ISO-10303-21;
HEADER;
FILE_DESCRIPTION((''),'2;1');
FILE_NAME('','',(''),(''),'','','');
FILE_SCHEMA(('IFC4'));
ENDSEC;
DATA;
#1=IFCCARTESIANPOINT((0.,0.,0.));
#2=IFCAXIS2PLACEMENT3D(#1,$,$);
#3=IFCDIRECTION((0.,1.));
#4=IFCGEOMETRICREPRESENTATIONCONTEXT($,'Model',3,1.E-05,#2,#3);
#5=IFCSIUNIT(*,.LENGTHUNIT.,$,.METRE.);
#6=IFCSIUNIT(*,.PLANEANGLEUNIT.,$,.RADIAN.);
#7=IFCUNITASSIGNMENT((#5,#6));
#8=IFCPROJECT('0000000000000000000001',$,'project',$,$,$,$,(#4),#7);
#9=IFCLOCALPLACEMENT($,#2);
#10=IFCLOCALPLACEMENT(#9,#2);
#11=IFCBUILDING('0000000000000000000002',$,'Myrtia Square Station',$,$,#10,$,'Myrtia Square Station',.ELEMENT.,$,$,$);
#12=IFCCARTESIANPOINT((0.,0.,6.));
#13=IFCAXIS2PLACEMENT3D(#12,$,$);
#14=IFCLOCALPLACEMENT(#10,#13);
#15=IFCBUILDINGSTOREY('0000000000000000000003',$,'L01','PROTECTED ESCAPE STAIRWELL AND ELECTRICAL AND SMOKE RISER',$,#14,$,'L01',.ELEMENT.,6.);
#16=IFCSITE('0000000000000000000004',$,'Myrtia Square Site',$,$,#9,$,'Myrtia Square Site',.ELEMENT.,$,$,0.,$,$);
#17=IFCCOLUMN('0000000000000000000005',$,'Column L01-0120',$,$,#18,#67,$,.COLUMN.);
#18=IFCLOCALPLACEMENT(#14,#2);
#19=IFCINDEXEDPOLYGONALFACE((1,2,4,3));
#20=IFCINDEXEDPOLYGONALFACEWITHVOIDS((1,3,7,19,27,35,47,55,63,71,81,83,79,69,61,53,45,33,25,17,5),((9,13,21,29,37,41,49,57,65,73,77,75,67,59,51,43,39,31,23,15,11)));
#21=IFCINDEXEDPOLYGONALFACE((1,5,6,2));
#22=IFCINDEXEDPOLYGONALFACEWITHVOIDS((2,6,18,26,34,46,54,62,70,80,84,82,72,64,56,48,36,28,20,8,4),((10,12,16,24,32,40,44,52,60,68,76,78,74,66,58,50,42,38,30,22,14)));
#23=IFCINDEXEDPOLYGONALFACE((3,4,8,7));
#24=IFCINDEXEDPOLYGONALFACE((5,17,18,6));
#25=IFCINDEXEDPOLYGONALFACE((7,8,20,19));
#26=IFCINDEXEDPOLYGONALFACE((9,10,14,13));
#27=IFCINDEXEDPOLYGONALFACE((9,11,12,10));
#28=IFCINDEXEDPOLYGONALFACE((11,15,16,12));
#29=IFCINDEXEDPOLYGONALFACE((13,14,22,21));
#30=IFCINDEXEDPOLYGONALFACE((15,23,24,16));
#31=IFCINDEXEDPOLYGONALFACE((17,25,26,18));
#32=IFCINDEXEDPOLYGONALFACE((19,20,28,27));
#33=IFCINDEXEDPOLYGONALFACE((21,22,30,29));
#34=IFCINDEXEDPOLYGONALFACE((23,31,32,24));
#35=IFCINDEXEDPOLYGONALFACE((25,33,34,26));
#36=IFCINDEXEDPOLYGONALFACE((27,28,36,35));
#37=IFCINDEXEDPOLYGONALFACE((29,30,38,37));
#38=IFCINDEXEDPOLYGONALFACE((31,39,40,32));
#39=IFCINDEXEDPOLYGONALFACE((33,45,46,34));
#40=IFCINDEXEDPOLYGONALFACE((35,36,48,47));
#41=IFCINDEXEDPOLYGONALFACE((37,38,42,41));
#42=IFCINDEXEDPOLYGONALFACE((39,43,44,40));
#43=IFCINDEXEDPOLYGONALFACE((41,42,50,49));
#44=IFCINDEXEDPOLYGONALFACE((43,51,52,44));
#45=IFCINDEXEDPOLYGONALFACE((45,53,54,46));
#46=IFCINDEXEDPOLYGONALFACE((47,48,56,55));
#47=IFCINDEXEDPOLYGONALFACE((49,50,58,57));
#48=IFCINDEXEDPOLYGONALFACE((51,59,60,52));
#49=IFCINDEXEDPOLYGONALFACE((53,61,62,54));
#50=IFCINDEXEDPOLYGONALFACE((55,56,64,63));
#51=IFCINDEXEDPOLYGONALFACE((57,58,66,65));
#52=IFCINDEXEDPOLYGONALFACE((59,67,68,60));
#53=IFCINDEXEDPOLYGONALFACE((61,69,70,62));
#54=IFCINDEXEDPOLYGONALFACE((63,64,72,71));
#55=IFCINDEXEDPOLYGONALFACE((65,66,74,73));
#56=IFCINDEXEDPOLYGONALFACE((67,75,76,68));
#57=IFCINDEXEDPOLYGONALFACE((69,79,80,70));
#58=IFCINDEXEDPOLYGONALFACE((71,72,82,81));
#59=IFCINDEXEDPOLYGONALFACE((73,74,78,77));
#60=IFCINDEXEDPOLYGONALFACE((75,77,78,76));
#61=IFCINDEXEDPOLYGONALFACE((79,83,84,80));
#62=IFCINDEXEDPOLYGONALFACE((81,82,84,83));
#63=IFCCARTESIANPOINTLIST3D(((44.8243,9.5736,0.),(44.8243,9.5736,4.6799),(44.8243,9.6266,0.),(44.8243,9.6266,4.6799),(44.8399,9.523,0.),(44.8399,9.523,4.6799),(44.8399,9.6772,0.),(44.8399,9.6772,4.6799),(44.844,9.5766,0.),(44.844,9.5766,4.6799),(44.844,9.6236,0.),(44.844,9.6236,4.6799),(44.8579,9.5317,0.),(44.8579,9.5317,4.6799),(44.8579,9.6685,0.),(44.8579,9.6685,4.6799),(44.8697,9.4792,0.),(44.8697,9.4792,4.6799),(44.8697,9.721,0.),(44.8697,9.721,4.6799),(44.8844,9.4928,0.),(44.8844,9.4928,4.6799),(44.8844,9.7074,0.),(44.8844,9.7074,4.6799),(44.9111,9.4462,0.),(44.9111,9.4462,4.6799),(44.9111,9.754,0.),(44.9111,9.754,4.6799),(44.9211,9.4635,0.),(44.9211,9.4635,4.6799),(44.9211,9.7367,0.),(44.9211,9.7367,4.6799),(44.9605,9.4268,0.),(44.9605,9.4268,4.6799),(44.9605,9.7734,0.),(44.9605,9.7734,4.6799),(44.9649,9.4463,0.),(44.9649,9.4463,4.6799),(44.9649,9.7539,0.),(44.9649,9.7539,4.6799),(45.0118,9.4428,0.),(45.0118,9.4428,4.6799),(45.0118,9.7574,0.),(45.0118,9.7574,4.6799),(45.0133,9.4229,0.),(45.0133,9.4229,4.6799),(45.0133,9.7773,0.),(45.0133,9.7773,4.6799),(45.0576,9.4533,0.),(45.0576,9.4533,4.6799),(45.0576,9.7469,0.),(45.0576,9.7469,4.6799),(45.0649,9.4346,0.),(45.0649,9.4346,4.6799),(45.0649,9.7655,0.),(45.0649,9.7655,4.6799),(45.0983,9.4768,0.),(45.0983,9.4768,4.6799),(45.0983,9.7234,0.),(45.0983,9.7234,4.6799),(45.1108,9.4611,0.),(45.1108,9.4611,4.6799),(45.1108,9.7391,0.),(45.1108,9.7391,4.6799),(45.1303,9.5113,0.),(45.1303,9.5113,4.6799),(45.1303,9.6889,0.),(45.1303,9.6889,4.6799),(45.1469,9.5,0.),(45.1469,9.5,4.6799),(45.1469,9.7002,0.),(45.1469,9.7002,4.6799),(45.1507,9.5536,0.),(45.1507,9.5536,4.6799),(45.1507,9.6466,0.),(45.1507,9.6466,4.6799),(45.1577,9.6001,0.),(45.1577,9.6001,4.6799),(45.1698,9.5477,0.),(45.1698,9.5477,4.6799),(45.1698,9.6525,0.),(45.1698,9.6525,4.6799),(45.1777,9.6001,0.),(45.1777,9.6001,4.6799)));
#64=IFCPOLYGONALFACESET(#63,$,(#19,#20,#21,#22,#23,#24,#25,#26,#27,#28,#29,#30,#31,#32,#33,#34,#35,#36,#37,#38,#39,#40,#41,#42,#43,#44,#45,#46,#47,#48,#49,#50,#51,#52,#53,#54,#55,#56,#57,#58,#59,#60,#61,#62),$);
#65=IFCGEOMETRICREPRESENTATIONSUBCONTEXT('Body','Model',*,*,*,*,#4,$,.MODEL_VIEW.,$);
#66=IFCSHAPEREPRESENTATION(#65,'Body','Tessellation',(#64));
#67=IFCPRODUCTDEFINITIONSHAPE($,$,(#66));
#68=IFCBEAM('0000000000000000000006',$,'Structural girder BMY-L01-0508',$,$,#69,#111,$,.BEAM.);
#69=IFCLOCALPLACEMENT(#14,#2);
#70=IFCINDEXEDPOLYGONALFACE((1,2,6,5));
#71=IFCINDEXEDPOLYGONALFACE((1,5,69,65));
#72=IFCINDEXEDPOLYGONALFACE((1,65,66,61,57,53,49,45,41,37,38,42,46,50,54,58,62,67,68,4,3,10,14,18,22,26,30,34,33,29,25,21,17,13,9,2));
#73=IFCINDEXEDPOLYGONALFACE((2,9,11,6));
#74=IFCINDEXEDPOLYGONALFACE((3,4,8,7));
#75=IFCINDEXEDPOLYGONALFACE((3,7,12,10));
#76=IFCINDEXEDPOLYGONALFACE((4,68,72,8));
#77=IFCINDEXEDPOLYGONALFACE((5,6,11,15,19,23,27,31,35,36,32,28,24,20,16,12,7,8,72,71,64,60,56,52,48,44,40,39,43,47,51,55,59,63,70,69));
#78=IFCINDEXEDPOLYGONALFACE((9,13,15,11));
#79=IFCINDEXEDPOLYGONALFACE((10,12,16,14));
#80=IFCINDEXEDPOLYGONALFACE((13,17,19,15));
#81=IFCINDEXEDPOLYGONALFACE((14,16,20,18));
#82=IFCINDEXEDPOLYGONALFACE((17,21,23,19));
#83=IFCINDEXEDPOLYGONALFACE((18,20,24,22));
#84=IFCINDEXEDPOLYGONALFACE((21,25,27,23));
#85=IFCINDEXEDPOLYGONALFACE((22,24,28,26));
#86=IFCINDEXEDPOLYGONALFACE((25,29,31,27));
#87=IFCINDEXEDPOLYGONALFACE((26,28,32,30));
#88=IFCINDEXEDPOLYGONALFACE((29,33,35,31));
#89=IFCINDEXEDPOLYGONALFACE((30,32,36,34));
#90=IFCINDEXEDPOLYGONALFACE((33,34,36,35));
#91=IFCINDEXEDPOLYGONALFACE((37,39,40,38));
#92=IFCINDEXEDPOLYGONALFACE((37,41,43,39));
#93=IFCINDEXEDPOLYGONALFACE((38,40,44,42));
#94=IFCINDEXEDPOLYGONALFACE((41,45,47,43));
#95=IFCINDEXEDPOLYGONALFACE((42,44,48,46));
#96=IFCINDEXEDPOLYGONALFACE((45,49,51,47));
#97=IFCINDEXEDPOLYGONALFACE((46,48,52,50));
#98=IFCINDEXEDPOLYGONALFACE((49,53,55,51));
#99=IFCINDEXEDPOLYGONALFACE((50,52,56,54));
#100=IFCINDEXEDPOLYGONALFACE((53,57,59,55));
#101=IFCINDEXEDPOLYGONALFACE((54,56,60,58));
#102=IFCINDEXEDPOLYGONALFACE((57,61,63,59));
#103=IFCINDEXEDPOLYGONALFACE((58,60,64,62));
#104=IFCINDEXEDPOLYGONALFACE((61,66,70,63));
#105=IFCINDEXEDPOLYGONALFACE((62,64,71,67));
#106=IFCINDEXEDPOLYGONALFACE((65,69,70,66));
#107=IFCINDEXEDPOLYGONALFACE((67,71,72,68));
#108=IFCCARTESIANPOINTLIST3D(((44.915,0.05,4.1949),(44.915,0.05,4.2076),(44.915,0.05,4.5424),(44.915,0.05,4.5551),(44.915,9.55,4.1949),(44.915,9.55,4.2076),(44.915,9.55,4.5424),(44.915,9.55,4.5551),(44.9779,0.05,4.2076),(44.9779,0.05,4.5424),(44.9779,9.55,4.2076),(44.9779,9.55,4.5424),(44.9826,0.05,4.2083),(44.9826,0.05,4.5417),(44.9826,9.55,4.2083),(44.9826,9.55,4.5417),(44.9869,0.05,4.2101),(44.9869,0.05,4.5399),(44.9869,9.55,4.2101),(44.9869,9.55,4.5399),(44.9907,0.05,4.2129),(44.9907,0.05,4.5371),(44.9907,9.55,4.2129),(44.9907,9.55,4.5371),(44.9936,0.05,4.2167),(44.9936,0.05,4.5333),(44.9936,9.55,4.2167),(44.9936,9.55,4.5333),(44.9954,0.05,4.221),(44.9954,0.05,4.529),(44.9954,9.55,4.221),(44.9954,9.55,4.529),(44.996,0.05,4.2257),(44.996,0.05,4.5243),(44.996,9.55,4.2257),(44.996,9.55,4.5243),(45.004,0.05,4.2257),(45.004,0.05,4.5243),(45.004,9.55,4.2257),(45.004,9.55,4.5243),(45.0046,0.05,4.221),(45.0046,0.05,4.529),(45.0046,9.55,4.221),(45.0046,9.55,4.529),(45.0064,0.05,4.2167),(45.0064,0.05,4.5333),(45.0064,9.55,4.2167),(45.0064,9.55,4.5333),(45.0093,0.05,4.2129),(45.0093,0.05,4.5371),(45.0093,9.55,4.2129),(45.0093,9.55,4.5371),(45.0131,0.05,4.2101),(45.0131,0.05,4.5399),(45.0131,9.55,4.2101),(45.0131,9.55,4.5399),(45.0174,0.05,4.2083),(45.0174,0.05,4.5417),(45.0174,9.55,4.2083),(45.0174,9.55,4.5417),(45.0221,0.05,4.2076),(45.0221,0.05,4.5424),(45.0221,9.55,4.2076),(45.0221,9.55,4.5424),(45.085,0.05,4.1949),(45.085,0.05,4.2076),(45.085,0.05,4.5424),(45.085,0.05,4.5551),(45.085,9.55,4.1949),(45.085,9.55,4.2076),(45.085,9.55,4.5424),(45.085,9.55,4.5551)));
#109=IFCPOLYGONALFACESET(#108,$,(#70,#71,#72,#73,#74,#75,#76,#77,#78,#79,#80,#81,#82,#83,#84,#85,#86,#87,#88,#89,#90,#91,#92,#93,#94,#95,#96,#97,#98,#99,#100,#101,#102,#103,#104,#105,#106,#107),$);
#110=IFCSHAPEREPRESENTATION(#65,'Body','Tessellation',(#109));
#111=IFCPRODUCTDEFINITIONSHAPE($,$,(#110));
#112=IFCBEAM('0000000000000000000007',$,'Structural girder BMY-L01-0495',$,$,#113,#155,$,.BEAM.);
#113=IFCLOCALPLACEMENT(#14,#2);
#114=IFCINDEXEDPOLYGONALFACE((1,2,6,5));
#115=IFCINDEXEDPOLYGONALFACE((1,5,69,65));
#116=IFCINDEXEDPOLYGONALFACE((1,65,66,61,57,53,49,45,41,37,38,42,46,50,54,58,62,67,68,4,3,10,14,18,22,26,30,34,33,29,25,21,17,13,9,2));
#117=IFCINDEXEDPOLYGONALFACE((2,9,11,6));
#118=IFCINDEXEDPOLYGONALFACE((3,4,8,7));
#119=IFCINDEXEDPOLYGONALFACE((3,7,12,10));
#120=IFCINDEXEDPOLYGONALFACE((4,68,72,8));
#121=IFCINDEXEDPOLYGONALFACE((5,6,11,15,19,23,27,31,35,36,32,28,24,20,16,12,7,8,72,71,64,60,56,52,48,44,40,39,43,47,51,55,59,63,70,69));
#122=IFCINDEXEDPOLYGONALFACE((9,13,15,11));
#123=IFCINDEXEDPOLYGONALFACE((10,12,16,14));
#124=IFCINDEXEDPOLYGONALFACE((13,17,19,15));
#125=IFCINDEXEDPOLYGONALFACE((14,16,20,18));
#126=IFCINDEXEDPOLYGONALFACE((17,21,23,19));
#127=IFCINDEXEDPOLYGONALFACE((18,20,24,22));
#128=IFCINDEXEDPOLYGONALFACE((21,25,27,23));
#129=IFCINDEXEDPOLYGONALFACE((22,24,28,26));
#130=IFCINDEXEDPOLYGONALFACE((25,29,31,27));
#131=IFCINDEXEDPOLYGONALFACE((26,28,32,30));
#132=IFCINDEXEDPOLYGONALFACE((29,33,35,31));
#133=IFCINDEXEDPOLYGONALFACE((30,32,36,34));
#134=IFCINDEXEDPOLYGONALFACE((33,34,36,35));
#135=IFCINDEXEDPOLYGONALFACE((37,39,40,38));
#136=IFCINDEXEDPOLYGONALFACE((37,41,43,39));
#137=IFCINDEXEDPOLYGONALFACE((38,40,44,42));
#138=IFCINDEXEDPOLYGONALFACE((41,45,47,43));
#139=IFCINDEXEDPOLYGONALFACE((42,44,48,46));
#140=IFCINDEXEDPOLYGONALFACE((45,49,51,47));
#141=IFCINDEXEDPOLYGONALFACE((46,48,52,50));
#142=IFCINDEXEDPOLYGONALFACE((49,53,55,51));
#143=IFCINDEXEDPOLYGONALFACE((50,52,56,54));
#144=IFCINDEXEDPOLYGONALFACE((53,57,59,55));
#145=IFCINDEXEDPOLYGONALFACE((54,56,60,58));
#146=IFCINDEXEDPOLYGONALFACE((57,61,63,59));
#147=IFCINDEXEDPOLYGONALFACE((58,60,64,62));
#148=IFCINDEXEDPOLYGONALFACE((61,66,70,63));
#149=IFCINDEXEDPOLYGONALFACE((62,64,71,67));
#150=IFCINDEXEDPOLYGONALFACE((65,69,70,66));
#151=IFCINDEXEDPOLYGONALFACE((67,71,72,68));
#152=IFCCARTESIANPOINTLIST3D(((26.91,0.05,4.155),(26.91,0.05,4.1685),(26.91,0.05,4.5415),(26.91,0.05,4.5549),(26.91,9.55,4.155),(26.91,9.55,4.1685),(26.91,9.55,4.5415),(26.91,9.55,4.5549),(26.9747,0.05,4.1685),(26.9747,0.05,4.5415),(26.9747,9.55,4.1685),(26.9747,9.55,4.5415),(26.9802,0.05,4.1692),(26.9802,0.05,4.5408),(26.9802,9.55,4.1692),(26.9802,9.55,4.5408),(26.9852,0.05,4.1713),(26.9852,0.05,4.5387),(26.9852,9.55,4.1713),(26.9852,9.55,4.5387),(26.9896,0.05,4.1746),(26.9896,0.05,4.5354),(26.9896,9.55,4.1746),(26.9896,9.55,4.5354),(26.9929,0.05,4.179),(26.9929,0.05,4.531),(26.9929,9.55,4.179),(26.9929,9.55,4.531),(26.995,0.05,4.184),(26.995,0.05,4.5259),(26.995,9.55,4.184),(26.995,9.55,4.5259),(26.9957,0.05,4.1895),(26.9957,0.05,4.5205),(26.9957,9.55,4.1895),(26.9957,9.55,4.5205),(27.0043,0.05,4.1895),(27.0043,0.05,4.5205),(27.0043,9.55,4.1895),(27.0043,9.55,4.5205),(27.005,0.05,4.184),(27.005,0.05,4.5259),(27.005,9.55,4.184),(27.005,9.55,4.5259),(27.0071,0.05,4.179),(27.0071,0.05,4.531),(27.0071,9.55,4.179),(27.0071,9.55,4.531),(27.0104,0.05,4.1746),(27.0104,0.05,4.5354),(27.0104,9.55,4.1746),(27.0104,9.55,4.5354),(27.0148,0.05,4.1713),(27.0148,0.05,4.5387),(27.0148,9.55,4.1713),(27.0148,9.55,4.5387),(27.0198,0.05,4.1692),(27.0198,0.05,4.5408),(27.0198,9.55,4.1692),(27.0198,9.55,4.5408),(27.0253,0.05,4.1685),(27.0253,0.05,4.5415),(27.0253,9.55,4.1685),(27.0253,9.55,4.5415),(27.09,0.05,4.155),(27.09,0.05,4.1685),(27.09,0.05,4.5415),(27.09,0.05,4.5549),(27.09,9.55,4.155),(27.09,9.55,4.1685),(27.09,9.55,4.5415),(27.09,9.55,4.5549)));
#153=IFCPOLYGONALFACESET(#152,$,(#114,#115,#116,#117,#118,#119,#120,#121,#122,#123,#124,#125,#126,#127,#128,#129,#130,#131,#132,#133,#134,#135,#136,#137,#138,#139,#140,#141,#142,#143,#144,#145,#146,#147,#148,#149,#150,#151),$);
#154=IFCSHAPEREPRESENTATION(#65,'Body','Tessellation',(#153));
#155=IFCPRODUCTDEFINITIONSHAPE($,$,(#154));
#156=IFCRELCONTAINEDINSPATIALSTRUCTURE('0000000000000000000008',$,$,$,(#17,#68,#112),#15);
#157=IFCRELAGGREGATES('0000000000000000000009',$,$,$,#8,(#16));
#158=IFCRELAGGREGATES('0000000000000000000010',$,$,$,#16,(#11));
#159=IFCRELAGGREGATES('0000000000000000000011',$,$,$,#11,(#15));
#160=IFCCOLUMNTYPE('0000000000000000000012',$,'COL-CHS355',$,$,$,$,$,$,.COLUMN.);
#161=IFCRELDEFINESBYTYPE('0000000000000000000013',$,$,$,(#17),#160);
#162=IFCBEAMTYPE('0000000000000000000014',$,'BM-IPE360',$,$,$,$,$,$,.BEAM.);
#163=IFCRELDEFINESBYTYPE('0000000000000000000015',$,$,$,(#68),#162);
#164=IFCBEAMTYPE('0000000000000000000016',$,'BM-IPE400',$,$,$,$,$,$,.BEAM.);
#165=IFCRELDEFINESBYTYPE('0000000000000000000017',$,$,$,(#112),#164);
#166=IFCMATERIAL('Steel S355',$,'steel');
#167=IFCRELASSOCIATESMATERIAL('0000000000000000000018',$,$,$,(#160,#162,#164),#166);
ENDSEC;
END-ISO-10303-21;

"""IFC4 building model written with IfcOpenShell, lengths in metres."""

from ifc_helpers import new_model, si_unit, direction, frame, origin, origin_2d, place, context, subcontext, project, spatial, hollow_circle, i_section, extrude, material, material_profile, profile_set, type_object, element, save


model = new_model("IFC4")

# Units and contexts
model_context = context("Model", 3, precision=1e-05, world=origin(), true_north=direction((0.0, 1.0)))
body_context = subcontext(model_context, "Body", "Model", "MODEL_VIEW")
ifc_project = project(units=[si_unit("LENGTHUNIT", "METRE"), si_unit("PLANEANGLEUNIT", "RADIAN")], contexts=[model_context])

# Site, building, storey
site_placement = place(None, origin())
site = spatial("IfcSite", under=ifc_project, at=site_placement, Name="Myrtia Square Site", LongName="Myrtia Square Site", CompositionType="ELEMENT", RefElevation=0.0)
building_placement = place(site_placement, origin())
building = spatial("IfcBuilding", under=site, at=building_placement, Name="Myrtia Square Station", LongName="Myrtia Square Station", CompositionType="ELEMENT")
storey_placement = place(building_placement, frame((0.0, 0.0, 6.0)))
storey = spatial("IfcBuildingStorey", under=building, at=storey_placement, Name="L01", Description="PROTECTED ESCAPE STAIRWELL AND ELECTRICAL AND SMOKE RISER", LongName="L01", CompositionType="ELEMENT", Elevation=6.0)

# Column
ifc_material_1 = material(Name="Steel S355", Category="steel")
ifc_material_profile_1 = material_profile(ifc_material_1, hollow_circle(Radius=0.1777, WallThickness=0.02, at=origin_2d()), Name="CHS 355.6x20")
ifc_profile_set_1 = profile_set([ifc_material_profile_1], Name="Steel S355")
column_type = type_object("IfcColumnType", Name="COL-CHS355", PredefinedType="COLUMN", material=ifc_profile_set_1)
for number, where, z_axis, x_axis, name in (
    (1, (45.0, 9.6001, 0.0), (0.0, 0.0, 1.0), (1.0, 0.0, 0.0), "Column L01-0120"),
):
    element("IfcColumn", number, at=place(storey_placement, frame(where, z_axis=z_axis, x_axis=x_axis)), inside=storey, type_object=column_type, Name=name, PredefinedType="COLUMN", context=body_context, shape_type="SweptSolid", body=[
        extrude(hollow_circle(Radius=0.1777, WallThickness=0.02, at=origin_2d()), origin(), (0.0, 0.0, 1.0), 4.6799),
    ])

# Beams
ifc_material_profile_2 = material_profile(ifc_material_1, i_section(OverallWidth=0.1699, OverallDepth=0.3601, WebThickness=0.0081, FlangeThickness=0.0127, FilletRadius=0.0181, at=origin_2d()), Name="IPE 360")
ifc_profile_set_2 = profile_set([ifc_material_profile_2], Name="Steel S355")
beam_type_1 = type_object("IfcBeamType", Name="BM-IPE360", PredefinedType="BEAM", material=ifc_profile_set_2)
beam_1_placement = place(storey_placement, frame((45.0, 0.05, 4.375), z_axis=(0.0, 1.0, 0.0), x_axis=(-1.0, 0.0, 0.0)))
element("IfcBeam", 2, at=beam_1_placement, inside=storey, type_object=beam_type_1, Name="Structural girder BMY-L01-0508", PredefinedType="BEAM", context=body_context, shape_type="SweptSolid", body=[
    extrude(i_section(OverallWidth=0.1699, OverallDepth=0.3601, WebThickness=0.0081, FlangeThickness=0.0127, FilletRadius=0.0181, at=origin_2d()), origin(), (0.0, 0.0, 1.0), 9.5),
])
ifc_material_profile_3 = material_profile(ifc_material_1, i_section(OverallWidth=0.1799, OverallDepth=0.3999, WebThickness=0.0085, FlangeThickness=0.0134, FilletRadius=0.021, at=origin_2d()), Name="IPE 400")
ifc_profile_set_3 = profile_set([ifc_material_profile_3], Name="Steel S355")
beam_type_2 = type_object("IfcBeamType", Name="BM-IPE400", PredefinedType="BEAM", material=ifc_profile_set_3)
beam_2_placement = place(storey_placement, frame((27.0, 0.05, 4.355), z_axis=(0.0, 1.0, 0.0), x_axis=(-1.0, 0.0, 0.0)))
element("IfcBeam", 3, at=beam_2_placement, inside=storey, type_object=beam_type_2, Name="Structural girder BMY-L01-0495", PredefinedType="BEAM", context=body_context, shape_type="SweptSolid", body=[
    extrude(i_section(OverallWidth=0.1799, OverallDepth=0.3999, WebThickness=0.0085, FlangeThickness=0.0134, FilletRadius=0.021, at=origin_2d()), origin(), (0.0, 0.0, 1.0), 9.5),
])

save(model, "model.ifc")
